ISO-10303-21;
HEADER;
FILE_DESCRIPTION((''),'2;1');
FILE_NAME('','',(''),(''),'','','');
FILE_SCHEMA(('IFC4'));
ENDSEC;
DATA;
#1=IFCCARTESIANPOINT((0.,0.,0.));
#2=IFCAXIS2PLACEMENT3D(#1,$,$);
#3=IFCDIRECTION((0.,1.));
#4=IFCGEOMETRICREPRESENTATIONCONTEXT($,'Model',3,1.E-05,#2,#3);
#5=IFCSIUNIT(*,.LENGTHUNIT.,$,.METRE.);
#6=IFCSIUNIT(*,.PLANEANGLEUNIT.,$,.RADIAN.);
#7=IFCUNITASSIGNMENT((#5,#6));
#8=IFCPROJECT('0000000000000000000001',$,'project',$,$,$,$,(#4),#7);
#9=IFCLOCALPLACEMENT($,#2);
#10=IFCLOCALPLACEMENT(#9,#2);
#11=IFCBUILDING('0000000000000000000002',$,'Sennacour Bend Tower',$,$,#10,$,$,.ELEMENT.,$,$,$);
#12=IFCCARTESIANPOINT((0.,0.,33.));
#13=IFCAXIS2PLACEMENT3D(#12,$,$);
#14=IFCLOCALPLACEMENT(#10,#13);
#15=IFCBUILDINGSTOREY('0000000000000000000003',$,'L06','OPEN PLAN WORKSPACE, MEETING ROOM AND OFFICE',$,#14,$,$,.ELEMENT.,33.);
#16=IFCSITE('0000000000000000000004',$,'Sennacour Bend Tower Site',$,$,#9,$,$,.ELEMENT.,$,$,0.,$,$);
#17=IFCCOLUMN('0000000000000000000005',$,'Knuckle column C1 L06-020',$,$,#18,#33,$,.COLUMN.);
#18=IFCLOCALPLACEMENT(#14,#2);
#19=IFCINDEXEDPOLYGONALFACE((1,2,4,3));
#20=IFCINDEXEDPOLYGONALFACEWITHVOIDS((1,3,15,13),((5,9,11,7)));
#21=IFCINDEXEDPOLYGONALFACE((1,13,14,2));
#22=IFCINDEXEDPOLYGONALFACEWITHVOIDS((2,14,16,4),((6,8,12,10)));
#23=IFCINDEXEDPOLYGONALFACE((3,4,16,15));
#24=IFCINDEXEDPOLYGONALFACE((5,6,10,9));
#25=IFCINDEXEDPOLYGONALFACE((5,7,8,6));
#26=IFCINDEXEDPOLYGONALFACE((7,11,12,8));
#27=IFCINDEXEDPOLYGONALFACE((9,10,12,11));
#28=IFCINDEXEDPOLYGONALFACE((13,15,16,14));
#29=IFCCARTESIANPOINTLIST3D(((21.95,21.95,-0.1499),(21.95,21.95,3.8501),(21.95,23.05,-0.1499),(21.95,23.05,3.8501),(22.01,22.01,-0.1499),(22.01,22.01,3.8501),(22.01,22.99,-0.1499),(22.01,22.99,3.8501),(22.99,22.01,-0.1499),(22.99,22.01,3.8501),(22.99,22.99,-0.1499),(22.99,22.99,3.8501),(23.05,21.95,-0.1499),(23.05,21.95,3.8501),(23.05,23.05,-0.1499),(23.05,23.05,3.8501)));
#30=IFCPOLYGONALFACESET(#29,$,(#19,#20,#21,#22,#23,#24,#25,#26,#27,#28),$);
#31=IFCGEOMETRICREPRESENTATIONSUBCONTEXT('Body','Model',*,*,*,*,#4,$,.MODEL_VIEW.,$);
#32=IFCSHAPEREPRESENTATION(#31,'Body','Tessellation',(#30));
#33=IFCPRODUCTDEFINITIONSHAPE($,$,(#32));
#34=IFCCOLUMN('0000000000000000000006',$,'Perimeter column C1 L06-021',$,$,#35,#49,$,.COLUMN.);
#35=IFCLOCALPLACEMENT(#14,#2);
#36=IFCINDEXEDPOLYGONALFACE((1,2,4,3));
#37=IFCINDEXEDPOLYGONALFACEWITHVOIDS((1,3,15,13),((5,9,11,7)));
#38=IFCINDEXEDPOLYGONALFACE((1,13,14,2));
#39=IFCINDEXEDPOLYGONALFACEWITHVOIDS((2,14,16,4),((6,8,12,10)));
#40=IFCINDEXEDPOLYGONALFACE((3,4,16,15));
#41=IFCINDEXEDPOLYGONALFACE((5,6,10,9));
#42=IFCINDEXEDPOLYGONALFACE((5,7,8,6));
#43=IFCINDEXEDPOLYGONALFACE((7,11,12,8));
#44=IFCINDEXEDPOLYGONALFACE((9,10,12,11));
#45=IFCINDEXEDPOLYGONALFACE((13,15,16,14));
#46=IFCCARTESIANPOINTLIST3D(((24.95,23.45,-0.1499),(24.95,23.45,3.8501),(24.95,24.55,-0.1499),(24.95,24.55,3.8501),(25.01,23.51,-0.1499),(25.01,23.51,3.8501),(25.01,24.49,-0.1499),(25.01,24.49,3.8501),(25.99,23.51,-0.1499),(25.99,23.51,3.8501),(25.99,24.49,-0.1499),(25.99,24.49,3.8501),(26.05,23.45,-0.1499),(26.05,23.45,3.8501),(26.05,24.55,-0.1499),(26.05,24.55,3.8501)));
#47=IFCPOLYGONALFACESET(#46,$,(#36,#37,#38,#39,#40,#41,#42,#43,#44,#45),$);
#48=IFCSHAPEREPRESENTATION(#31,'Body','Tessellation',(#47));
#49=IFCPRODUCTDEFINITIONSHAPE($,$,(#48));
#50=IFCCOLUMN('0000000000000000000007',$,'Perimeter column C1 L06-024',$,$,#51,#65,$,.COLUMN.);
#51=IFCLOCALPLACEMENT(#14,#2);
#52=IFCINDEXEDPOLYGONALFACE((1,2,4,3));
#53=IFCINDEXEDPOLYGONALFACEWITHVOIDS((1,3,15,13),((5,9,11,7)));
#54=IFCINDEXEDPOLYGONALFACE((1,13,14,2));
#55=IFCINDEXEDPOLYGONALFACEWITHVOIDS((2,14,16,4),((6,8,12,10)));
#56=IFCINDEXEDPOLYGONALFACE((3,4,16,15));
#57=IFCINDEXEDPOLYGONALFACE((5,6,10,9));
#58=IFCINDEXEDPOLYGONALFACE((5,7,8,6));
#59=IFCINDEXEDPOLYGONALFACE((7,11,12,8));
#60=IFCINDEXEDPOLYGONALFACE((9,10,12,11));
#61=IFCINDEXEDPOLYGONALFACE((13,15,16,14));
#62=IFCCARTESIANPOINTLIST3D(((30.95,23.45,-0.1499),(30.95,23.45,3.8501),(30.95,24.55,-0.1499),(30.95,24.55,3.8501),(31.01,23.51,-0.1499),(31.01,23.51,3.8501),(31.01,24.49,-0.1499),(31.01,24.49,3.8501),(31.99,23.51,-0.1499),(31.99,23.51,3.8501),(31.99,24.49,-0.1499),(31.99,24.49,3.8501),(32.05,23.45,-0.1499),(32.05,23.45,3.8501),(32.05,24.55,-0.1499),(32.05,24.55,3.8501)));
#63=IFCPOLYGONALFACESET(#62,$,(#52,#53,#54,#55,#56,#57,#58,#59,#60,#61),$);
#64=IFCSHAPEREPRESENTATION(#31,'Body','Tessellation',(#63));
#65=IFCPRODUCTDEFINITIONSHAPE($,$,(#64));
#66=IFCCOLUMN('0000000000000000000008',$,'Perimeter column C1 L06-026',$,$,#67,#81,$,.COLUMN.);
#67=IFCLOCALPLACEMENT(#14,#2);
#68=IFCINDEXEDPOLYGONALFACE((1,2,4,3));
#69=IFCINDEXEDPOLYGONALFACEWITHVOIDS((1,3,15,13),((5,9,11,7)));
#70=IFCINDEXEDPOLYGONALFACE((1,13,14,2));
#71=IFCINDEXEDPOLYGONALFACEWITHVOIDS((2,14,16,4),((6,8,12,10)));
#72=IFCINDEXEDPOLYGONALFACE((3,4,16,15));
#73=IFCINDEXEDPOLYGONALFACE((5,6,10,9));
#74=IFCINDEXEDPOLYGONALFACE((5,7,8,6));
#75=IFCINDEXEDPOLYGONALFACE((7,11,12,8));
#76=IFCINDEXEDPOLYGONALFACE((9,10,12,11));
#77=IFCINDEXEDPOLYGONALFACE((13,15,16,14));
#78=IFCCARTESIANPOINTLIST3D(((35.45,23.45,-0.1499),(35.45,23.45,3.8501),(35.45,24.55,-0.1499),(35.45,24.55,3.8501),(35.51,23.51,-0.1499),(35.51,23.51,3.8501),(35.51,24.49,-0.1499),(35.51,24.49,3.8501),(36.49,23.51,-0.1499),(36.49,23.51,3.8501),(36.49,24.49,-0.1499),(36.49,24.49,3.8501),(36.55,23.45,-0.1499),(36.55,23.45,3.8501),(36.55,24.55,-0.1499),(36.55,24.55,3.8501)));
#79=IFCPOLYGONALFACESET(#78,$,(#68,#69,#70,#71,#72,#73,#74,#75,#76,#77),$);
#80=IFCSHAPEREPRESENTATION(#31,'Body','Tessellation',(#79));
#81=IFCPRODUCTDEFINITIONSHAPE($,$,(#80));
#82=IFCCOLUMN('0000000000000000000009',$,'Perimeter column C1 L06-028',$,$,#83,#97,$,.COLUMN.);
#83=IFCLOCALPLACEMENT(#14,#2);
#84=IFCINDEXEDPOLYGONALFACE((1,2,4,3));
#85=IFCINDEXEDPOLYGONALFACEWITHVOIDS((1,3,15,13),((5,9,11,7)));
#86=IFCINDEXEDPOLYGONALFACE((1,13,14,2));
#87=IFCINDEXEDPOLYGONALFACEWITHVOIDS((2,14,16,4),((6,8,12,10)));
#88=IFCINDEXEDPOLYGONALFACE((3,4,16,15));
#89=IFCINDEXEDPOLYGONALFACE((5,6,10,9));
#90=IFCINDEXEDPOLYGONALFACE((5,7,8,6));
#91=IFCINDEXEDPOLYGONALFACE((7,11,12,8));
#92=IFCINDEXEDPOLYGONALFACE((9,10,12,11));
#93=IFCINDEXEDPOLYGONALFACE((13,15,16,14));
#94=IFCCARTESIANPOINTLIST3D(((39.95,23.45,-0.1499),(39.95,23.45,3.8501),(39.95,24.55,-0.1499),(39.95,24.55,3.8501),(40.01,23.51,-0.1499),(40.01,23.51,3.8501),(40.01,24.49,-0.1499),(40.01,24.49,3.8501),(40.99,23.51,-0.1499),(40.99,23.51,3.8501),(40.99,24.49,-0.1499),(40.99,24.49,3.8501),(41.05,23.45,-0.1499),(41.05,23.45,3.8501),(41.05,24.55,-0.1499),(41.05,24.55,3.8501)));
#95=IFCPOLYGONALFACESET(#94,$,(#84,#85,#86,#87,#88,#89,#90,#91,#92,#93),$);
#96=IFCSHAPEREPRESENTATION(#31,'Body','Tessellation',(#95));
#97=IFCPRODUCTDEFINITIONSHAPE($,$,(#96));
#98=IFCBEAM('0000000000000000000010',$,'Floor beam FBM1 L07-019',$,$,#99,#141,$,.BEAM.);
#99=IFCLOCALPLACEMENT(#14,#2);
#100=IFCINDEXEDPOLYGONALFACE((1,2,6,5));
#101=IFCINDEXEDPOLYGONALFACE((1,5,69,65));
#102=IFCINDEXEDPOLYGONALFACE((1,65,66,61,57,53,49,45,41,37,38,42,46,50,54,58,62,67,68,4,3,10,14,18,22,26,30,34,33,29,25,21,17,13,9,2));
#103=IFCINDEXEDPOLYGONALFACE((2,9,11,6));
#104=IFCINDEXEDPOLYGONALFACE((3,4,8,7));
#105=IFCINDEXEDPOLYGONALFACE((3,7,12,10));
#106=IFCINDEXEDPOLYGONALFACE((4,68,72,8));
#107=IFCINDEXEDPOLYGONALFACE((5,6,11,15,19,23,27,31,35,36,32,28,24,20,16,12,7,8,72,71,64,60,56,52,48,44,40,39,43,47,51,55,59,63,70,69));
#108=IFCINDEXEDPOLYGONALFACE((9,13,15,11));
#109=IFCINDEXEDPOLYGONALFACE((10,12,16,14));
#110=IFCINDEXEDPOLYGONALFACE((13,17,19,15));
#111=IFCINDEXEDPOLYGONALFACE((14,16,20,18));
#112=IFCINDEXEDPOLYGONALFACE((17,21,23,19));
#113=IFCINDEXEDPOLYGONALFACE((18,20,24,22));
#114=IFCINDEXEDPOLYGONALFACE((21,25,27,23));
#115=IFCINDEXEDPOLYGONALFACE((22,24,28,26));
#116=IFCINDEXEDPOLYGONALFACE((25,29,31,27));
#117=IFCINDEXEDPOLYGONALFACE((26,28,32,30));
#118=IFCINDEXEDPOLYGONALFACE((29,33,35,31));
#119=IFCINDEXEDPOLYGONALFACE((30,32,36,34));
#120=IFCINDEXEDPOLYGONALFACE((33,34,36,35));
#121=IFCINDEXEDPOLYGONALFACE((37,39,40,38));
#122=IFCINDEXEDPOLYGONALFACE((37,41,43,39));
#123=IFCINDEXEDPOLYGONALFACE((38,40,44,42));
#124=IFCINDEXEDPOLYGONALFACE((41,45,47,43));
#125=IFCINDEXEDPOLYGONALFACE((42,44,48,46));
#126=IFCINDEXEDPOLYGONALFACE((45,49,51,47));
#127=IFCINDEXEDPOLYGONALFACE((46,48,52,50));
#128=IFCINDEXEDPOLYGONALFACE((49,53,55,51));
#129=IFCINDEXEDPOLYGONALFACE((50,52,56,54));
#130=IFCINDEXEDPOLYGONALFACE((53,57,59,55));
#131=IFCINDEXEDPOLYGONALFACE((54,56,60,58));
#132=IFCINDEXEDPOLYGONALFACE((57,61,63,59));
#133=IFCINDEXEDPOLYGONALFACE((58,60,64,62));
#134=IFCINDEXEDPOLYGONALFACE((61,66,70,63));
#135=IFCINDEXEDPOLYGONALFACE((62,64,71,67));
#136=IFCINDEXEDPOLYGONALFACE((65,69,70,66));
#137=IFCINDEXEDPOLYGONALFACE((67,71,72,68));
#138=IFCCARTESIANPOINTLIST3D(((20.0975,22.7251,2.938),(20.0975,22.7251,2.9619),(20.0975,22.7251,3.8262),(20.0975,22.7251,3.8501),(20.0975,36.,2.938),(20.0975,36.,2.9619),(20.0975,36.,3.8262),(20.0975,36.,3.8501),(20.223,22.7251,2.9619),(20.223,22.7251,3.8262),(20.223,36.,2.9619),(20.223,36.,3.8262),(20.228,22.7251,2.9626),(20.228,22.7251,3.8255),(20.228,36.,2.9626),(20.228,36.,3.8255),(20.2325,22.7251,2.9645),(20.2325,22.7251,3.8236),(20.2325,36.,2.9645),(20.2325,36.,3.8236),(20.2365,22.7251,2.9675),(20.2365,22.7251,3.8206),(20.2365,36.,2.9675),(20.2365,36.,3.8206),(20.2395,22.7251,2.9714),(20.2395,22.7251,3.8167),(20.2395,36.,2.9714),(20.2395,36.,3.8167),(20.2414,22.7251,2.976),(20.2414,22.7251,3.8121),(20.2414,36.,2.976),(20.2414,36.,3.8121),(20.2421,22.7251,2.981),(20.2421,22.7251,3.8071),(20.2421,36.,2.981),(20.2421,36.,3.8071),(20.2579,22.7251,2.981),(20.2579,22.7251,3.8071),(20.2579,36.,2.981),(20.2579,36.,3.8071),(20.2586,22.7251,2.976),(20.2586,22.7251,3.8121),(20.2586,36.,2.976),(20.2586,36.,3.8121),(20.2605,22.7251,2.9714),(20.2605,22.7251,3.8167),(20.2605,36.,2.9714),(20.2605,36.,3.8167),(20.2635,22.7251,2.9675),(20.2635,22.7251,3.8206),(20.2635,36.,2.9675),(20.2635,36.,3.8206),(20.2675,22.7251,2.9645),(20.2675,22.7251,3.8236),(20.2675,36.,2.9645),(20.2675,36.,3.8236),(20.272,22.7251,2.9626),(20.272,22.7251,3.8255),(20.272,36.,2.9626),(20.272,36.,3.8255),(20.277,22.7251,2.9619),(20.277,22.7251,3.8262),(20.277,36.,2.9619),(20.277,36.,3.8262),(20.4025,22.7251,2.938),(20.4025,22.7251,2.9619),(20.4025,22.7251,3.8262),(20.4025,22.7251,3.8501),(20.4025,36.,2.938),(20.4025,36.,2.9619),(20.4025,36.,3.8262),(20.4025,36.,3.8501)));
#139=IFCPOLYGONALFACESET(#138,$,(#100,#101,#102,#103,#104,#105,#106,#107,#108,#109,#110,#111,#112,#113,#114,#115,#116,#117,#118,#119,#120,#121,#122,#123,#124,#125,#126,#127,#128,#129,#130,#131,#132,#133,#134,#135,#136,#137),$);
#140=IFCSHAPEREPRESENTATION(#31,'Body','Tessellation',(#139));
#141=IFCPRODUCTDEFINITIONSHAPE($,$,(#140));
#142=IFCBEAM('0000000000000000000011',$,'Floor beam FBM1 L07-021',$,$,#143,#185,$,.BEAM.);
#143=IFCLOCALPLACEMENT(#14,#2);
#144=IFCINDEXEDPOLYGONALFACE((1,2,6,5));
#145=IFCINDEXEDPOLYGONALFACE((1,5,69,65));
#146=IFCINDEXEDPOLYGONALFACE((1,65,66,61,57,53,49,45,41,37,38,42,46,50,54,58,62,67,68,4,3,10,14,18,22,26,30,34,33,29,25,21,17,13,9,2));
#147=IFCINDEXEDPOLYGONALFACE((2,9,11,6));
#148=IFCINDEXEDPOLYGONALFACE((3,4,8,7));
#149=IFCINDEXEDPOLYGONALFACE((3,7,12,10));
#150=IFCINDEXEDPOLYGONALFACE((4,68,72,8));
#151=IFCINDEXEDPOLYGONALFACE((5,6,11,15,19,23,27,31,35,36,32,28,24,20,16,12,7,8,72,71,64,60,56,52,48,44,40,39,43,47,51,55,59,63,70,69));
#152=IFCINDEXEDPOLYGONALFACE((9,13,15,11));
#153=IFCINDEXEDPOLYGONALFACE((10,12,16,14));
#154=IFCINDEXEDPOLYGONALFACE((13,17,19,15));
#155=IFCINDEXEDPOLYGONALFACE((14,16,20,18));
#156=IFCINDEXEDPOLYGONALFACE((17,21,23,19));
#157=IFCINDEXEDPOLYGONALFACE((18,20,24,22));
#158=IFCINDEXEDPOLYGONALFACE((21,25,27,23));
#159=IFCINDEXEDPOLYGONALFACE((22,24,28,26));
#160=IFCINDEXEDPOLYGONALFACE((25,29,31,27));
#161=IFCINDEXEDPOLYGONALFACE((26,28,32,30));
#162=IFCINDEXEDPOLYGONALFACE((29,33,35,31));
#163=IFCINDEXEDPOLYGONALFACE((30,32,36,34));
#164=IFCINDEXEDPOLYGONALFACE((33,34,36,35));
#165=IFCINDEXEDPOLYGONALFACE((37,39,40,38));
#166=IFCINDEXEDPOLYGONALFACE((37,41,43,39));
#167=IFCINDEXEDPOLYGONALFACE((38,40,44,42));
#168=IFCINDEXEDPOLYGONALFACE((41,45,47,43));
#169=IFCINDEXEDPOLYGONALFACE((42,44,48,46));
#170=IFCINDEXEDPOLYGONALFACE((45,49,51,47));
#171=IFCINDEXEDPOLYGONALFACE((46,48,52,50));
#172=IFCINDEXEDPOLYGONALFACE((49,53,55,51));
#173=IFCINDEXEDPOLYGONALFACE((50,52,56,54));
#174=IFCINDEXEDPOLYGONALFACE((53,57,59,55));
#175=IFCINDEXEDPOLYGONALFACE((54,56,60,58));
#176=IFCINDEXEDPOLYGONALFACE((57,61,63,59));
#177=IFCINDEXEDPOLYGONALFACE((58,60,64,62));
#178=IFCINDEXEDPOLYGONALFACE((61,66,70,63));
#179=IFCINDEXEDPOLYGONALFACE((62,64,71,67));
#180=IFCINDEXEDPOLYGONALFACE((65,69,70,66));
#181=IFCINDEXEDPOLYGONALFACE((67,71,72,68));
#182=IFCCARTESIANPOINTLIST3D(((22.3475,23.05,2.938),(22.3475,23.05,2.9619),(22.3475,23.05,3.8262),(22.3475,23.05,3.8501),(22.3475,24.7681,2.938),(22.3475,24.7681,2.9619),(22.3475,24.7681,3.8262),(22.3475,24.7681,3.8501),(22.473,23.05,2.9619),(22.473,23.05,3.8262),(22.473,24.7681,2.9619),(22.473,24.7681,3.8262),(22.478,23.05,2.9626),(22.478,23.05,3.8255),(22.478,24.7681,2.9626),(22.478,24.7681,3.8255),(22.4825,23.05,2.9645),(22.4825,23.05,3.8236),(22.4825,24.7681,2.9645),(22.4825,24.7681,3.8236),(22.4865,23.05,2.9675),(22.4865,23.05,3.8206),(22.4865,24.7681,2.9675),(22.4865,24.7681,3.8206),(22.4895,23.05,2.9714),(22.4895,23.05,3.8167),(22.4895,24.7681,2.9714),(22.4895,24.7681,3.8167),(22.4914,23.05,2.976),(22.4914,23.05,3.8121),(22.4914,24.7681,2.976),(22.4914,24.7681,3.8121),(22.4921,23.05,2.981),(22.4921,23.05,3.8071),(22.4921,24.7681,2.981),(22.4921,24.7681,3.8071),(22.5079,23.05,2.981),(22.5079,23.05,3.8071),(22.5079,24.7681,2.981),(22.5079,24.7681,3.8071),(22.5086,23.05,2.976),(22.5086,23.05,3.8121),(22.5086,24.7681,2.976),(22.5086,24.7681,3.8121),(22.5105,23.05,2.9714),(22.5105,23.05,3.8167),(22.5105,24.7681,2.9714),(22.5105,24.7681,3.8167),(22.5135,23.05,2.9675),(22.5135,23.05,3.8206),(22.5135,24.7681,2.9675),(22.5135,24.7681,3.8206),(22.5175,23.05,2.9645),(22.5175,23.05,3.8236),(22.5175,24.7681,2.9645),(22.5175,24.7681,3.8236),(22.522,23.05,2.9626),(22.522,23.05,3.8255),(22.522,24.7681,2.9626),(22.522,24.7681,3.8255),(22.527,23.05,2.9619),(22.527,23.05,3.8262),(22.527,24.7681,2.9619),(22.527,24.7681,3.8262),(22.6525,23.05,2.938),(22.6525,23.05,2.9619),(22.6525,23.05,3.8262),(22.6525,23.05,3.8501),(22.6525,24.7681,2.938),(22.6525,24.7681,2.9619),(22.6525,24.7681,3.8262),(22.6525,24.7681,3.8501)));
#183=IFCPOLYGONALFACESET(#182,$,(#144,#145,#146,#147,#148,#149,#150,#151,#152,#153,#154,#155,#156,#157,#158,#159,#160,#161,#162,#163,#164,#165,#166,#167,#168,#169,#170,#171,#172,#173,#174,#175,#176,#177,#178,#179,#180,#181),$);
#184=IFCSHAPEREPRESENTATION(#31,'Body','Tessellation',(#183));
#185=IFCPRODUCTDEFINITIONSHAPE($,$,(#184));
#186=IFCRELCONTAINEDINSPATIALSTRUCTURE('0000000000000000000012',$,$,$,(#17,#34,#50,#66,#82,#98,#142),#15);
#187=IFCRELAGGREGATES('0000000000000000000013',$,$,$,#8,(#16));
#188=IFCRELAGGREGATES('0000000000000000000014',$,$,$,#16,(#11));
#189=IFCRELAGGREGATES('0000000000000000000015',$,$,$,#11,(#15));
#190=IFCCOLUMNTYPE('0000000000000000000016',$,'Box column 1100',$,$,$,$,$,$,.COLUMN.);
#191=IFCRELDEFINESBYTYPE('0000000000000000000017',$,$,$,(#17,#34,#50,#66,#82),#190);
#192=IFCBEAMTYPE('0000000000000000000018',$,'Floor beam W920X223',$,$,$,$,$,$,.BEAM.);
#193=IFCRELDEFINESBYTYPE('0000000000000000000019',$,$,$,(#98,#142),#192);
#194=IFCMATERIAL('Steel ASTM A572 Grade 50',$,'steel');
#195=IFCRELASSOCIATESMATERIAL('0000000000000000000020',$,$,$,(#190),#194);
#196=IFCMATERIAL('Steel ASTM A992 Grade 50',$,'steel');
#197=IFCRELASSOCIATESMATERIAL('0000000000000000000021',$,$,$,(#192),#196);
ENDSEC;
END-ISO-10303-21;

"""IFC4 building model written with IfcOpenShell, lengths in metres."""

from ifc_helpers import new_model, si_unit, direction, frame, origin, origin_2d, place, context, subcontext, project, spatial, hollow_rectangle, i_section, extrude, material, material_profile, profile_set, type_object, element, save


model = new_model("IFC4")

# Units and contexts
model_context = context("Model", 3, precision=1e-05, world=origin(), true_north=direction((0.0, 1.0)))
body_context = subcontext(model_context, "Body", "Model", "MODEL_VIEW")
ifc_project = project(units=[si_unit("LENGTHUNIT", "METRE"), si_unit("PLANEANGLEUNIT", "RADIAN")], contexts=[model_context])

# Site, building, storey
site_placement = place(None, origin())
site = spatial("IfcSite", under=ifc_project, at=site_placement, Name="Sennacour Bend Tower Site", CompositionType="ELEMENT", RefElevation=0.0)
building_placement = place(site_placement, origin())
building = spatial("IfcBuilding", under=site, at=building_placement, Name="Sennacour Bend Tower", CompositionType="ELEMENT")
storey_placement = place(building_placement, frame((0.0, 0.0, 33.0)))
storey = spatial("IfcBuildingStorey", under=building, at=storey_placement, Name="L06", Description="OPEN PLAN WORKSPACE, MEETING ROOM AND OFFICE", CompositionType="ELEMENT", Elevation=33.0)

# Columns
ifc_material_1 = material(Name="Steel ASTM A572 Grade 50", Category="steel")
ifc_material_profile_1 = material_profile(ifc_material_1, hollow_rectangle(XDim=1.1001, YDim=1.1001, WallThickness=0.0601, at=origin_2d()), Name="Steel ASTM A572 Grade 50", Category="steel")
ifc_profile_set_1 = profile_set([ifc_material_profile_1], Name="Steel ASTM A572 Grade 50")
column_type = type_object("IfcColumnType", Name="Box column 1100", PredefinedType="COLUMN", material=ifc_profile_set_1)
for number, where, z_axis, x_axis, name in (
    (1, (22.5, 22.5, -0.1499), (0.0, 0.0, 1.0), (1.0, 0.0, 0.0), "Knuckle column C1 L06-020"),
    (2, (25.5, 24.0, -0.1499), (0.0, 0.0, 1.0), (1.0, 0.0, 0.0), "Perimeter column C1 L06-021"),
    (3, (31.5, 24.0, -0.1499), (0.0, 0.0, 1.0), (1.0, 0.0, 0.0), "Perimeter column C1 L06-024"),
    (4, (36.0, 24.0, -0.1499), (0.0, 0.0, 1.0), (1.0, 0.0, 0.0), "Perimeter column C1 L06-026"),
    (5, (40.5, 24.0, -0.1499), (0.0, 0.0, 1.0), (1.0, 0.0, 0.0), "Perimeter column C1 L06-028"),
):
    element("IfcColumn", number, at=place(storey_placement, frame(where, z_axis=z_axis, x_axis=x_axis)), inside=storey, type_object=column_type, Name=name, PredefinedType="COLUMN", context=body_context, shape_type="SweptSolid", body=[
        extrude(hollow_rectangle(XDim=1.1001, YDim=1.1001, WallThickness=0.0601, at=origin_2d()), origin(), (0.0, 0.0, 1.0), 4.0),
    ])

# Beams
ifc_material_2 = material(Name="Steel ASTM A992 Grade 50", Category="steel")
ifc_material_profile_2 = material_profile(ifc_material_2, i_section(OverallWidth=0.3049, OverallDepth=0.9121, WebThickness=0.0159, FlangeThickness=0.0239, FilletRadius=0.019, at=origin_2d()), Name="Steel ASTM A992 Grade 50", Category="steel")
ifc_profile_set_2 = profile_set([ifc_material_profile_2], Name="Steel ASTM A992 Grade 50")
beam_type_1 = type_object("IfcBeamType", Name="Floor beam W920X223", PredefinedType="BEAM", material=ifc_profile_set_2)
beam_1_placement = place(storey_placement, frame((20.25, 22.7251, 3.394), z_axis=(0.0, 1.0, 0.0), x_axis=(-1.0, 0.0, 0.0)))
element("IfcBeam", 6, at=beam_1_placement, inside=storey, type_object=beam_type_1, Name="Floor beam FBM1 L07-019", PredefinedType="BEAM", context=body_context, shape_type="SweptSolid", body=[
    extrude(i_section(OverallWidth=0.3049, OverallDepth=0.9121, WebThickness=0.0159, FlangeThickness=0.0239, FilletRadius=0.019, at=origin_2d()), origin(), (0.0, 0.0, 1.0), 13.2749),
])
beam_2_placement = place(storey_placement, frame((22.5, 23.05, 3.394), z_axis=(0.0, 1.0, 0.0), x_axis=(-1.0, 0.0, 0.0)))
element("IfcBeam", 7, at=beam_2_placement, inside=storey, type_object=beam_type_1, Name="Floor beam FBM1 L07-021", PredefinedType="BEAM", context=body_context, shape_type="SweptSolid", body=[
    extrude(i_section(OverallWidth=0.3049, OverallDepth=0.9121, WebThickness=0.0159, FlangeThickness=0.0239, FilletRadius=0.019, at=origin_2d()), origin(), (0.0, 0.0, 1.0), 1.718),
])

save(model, "model.ifc")
